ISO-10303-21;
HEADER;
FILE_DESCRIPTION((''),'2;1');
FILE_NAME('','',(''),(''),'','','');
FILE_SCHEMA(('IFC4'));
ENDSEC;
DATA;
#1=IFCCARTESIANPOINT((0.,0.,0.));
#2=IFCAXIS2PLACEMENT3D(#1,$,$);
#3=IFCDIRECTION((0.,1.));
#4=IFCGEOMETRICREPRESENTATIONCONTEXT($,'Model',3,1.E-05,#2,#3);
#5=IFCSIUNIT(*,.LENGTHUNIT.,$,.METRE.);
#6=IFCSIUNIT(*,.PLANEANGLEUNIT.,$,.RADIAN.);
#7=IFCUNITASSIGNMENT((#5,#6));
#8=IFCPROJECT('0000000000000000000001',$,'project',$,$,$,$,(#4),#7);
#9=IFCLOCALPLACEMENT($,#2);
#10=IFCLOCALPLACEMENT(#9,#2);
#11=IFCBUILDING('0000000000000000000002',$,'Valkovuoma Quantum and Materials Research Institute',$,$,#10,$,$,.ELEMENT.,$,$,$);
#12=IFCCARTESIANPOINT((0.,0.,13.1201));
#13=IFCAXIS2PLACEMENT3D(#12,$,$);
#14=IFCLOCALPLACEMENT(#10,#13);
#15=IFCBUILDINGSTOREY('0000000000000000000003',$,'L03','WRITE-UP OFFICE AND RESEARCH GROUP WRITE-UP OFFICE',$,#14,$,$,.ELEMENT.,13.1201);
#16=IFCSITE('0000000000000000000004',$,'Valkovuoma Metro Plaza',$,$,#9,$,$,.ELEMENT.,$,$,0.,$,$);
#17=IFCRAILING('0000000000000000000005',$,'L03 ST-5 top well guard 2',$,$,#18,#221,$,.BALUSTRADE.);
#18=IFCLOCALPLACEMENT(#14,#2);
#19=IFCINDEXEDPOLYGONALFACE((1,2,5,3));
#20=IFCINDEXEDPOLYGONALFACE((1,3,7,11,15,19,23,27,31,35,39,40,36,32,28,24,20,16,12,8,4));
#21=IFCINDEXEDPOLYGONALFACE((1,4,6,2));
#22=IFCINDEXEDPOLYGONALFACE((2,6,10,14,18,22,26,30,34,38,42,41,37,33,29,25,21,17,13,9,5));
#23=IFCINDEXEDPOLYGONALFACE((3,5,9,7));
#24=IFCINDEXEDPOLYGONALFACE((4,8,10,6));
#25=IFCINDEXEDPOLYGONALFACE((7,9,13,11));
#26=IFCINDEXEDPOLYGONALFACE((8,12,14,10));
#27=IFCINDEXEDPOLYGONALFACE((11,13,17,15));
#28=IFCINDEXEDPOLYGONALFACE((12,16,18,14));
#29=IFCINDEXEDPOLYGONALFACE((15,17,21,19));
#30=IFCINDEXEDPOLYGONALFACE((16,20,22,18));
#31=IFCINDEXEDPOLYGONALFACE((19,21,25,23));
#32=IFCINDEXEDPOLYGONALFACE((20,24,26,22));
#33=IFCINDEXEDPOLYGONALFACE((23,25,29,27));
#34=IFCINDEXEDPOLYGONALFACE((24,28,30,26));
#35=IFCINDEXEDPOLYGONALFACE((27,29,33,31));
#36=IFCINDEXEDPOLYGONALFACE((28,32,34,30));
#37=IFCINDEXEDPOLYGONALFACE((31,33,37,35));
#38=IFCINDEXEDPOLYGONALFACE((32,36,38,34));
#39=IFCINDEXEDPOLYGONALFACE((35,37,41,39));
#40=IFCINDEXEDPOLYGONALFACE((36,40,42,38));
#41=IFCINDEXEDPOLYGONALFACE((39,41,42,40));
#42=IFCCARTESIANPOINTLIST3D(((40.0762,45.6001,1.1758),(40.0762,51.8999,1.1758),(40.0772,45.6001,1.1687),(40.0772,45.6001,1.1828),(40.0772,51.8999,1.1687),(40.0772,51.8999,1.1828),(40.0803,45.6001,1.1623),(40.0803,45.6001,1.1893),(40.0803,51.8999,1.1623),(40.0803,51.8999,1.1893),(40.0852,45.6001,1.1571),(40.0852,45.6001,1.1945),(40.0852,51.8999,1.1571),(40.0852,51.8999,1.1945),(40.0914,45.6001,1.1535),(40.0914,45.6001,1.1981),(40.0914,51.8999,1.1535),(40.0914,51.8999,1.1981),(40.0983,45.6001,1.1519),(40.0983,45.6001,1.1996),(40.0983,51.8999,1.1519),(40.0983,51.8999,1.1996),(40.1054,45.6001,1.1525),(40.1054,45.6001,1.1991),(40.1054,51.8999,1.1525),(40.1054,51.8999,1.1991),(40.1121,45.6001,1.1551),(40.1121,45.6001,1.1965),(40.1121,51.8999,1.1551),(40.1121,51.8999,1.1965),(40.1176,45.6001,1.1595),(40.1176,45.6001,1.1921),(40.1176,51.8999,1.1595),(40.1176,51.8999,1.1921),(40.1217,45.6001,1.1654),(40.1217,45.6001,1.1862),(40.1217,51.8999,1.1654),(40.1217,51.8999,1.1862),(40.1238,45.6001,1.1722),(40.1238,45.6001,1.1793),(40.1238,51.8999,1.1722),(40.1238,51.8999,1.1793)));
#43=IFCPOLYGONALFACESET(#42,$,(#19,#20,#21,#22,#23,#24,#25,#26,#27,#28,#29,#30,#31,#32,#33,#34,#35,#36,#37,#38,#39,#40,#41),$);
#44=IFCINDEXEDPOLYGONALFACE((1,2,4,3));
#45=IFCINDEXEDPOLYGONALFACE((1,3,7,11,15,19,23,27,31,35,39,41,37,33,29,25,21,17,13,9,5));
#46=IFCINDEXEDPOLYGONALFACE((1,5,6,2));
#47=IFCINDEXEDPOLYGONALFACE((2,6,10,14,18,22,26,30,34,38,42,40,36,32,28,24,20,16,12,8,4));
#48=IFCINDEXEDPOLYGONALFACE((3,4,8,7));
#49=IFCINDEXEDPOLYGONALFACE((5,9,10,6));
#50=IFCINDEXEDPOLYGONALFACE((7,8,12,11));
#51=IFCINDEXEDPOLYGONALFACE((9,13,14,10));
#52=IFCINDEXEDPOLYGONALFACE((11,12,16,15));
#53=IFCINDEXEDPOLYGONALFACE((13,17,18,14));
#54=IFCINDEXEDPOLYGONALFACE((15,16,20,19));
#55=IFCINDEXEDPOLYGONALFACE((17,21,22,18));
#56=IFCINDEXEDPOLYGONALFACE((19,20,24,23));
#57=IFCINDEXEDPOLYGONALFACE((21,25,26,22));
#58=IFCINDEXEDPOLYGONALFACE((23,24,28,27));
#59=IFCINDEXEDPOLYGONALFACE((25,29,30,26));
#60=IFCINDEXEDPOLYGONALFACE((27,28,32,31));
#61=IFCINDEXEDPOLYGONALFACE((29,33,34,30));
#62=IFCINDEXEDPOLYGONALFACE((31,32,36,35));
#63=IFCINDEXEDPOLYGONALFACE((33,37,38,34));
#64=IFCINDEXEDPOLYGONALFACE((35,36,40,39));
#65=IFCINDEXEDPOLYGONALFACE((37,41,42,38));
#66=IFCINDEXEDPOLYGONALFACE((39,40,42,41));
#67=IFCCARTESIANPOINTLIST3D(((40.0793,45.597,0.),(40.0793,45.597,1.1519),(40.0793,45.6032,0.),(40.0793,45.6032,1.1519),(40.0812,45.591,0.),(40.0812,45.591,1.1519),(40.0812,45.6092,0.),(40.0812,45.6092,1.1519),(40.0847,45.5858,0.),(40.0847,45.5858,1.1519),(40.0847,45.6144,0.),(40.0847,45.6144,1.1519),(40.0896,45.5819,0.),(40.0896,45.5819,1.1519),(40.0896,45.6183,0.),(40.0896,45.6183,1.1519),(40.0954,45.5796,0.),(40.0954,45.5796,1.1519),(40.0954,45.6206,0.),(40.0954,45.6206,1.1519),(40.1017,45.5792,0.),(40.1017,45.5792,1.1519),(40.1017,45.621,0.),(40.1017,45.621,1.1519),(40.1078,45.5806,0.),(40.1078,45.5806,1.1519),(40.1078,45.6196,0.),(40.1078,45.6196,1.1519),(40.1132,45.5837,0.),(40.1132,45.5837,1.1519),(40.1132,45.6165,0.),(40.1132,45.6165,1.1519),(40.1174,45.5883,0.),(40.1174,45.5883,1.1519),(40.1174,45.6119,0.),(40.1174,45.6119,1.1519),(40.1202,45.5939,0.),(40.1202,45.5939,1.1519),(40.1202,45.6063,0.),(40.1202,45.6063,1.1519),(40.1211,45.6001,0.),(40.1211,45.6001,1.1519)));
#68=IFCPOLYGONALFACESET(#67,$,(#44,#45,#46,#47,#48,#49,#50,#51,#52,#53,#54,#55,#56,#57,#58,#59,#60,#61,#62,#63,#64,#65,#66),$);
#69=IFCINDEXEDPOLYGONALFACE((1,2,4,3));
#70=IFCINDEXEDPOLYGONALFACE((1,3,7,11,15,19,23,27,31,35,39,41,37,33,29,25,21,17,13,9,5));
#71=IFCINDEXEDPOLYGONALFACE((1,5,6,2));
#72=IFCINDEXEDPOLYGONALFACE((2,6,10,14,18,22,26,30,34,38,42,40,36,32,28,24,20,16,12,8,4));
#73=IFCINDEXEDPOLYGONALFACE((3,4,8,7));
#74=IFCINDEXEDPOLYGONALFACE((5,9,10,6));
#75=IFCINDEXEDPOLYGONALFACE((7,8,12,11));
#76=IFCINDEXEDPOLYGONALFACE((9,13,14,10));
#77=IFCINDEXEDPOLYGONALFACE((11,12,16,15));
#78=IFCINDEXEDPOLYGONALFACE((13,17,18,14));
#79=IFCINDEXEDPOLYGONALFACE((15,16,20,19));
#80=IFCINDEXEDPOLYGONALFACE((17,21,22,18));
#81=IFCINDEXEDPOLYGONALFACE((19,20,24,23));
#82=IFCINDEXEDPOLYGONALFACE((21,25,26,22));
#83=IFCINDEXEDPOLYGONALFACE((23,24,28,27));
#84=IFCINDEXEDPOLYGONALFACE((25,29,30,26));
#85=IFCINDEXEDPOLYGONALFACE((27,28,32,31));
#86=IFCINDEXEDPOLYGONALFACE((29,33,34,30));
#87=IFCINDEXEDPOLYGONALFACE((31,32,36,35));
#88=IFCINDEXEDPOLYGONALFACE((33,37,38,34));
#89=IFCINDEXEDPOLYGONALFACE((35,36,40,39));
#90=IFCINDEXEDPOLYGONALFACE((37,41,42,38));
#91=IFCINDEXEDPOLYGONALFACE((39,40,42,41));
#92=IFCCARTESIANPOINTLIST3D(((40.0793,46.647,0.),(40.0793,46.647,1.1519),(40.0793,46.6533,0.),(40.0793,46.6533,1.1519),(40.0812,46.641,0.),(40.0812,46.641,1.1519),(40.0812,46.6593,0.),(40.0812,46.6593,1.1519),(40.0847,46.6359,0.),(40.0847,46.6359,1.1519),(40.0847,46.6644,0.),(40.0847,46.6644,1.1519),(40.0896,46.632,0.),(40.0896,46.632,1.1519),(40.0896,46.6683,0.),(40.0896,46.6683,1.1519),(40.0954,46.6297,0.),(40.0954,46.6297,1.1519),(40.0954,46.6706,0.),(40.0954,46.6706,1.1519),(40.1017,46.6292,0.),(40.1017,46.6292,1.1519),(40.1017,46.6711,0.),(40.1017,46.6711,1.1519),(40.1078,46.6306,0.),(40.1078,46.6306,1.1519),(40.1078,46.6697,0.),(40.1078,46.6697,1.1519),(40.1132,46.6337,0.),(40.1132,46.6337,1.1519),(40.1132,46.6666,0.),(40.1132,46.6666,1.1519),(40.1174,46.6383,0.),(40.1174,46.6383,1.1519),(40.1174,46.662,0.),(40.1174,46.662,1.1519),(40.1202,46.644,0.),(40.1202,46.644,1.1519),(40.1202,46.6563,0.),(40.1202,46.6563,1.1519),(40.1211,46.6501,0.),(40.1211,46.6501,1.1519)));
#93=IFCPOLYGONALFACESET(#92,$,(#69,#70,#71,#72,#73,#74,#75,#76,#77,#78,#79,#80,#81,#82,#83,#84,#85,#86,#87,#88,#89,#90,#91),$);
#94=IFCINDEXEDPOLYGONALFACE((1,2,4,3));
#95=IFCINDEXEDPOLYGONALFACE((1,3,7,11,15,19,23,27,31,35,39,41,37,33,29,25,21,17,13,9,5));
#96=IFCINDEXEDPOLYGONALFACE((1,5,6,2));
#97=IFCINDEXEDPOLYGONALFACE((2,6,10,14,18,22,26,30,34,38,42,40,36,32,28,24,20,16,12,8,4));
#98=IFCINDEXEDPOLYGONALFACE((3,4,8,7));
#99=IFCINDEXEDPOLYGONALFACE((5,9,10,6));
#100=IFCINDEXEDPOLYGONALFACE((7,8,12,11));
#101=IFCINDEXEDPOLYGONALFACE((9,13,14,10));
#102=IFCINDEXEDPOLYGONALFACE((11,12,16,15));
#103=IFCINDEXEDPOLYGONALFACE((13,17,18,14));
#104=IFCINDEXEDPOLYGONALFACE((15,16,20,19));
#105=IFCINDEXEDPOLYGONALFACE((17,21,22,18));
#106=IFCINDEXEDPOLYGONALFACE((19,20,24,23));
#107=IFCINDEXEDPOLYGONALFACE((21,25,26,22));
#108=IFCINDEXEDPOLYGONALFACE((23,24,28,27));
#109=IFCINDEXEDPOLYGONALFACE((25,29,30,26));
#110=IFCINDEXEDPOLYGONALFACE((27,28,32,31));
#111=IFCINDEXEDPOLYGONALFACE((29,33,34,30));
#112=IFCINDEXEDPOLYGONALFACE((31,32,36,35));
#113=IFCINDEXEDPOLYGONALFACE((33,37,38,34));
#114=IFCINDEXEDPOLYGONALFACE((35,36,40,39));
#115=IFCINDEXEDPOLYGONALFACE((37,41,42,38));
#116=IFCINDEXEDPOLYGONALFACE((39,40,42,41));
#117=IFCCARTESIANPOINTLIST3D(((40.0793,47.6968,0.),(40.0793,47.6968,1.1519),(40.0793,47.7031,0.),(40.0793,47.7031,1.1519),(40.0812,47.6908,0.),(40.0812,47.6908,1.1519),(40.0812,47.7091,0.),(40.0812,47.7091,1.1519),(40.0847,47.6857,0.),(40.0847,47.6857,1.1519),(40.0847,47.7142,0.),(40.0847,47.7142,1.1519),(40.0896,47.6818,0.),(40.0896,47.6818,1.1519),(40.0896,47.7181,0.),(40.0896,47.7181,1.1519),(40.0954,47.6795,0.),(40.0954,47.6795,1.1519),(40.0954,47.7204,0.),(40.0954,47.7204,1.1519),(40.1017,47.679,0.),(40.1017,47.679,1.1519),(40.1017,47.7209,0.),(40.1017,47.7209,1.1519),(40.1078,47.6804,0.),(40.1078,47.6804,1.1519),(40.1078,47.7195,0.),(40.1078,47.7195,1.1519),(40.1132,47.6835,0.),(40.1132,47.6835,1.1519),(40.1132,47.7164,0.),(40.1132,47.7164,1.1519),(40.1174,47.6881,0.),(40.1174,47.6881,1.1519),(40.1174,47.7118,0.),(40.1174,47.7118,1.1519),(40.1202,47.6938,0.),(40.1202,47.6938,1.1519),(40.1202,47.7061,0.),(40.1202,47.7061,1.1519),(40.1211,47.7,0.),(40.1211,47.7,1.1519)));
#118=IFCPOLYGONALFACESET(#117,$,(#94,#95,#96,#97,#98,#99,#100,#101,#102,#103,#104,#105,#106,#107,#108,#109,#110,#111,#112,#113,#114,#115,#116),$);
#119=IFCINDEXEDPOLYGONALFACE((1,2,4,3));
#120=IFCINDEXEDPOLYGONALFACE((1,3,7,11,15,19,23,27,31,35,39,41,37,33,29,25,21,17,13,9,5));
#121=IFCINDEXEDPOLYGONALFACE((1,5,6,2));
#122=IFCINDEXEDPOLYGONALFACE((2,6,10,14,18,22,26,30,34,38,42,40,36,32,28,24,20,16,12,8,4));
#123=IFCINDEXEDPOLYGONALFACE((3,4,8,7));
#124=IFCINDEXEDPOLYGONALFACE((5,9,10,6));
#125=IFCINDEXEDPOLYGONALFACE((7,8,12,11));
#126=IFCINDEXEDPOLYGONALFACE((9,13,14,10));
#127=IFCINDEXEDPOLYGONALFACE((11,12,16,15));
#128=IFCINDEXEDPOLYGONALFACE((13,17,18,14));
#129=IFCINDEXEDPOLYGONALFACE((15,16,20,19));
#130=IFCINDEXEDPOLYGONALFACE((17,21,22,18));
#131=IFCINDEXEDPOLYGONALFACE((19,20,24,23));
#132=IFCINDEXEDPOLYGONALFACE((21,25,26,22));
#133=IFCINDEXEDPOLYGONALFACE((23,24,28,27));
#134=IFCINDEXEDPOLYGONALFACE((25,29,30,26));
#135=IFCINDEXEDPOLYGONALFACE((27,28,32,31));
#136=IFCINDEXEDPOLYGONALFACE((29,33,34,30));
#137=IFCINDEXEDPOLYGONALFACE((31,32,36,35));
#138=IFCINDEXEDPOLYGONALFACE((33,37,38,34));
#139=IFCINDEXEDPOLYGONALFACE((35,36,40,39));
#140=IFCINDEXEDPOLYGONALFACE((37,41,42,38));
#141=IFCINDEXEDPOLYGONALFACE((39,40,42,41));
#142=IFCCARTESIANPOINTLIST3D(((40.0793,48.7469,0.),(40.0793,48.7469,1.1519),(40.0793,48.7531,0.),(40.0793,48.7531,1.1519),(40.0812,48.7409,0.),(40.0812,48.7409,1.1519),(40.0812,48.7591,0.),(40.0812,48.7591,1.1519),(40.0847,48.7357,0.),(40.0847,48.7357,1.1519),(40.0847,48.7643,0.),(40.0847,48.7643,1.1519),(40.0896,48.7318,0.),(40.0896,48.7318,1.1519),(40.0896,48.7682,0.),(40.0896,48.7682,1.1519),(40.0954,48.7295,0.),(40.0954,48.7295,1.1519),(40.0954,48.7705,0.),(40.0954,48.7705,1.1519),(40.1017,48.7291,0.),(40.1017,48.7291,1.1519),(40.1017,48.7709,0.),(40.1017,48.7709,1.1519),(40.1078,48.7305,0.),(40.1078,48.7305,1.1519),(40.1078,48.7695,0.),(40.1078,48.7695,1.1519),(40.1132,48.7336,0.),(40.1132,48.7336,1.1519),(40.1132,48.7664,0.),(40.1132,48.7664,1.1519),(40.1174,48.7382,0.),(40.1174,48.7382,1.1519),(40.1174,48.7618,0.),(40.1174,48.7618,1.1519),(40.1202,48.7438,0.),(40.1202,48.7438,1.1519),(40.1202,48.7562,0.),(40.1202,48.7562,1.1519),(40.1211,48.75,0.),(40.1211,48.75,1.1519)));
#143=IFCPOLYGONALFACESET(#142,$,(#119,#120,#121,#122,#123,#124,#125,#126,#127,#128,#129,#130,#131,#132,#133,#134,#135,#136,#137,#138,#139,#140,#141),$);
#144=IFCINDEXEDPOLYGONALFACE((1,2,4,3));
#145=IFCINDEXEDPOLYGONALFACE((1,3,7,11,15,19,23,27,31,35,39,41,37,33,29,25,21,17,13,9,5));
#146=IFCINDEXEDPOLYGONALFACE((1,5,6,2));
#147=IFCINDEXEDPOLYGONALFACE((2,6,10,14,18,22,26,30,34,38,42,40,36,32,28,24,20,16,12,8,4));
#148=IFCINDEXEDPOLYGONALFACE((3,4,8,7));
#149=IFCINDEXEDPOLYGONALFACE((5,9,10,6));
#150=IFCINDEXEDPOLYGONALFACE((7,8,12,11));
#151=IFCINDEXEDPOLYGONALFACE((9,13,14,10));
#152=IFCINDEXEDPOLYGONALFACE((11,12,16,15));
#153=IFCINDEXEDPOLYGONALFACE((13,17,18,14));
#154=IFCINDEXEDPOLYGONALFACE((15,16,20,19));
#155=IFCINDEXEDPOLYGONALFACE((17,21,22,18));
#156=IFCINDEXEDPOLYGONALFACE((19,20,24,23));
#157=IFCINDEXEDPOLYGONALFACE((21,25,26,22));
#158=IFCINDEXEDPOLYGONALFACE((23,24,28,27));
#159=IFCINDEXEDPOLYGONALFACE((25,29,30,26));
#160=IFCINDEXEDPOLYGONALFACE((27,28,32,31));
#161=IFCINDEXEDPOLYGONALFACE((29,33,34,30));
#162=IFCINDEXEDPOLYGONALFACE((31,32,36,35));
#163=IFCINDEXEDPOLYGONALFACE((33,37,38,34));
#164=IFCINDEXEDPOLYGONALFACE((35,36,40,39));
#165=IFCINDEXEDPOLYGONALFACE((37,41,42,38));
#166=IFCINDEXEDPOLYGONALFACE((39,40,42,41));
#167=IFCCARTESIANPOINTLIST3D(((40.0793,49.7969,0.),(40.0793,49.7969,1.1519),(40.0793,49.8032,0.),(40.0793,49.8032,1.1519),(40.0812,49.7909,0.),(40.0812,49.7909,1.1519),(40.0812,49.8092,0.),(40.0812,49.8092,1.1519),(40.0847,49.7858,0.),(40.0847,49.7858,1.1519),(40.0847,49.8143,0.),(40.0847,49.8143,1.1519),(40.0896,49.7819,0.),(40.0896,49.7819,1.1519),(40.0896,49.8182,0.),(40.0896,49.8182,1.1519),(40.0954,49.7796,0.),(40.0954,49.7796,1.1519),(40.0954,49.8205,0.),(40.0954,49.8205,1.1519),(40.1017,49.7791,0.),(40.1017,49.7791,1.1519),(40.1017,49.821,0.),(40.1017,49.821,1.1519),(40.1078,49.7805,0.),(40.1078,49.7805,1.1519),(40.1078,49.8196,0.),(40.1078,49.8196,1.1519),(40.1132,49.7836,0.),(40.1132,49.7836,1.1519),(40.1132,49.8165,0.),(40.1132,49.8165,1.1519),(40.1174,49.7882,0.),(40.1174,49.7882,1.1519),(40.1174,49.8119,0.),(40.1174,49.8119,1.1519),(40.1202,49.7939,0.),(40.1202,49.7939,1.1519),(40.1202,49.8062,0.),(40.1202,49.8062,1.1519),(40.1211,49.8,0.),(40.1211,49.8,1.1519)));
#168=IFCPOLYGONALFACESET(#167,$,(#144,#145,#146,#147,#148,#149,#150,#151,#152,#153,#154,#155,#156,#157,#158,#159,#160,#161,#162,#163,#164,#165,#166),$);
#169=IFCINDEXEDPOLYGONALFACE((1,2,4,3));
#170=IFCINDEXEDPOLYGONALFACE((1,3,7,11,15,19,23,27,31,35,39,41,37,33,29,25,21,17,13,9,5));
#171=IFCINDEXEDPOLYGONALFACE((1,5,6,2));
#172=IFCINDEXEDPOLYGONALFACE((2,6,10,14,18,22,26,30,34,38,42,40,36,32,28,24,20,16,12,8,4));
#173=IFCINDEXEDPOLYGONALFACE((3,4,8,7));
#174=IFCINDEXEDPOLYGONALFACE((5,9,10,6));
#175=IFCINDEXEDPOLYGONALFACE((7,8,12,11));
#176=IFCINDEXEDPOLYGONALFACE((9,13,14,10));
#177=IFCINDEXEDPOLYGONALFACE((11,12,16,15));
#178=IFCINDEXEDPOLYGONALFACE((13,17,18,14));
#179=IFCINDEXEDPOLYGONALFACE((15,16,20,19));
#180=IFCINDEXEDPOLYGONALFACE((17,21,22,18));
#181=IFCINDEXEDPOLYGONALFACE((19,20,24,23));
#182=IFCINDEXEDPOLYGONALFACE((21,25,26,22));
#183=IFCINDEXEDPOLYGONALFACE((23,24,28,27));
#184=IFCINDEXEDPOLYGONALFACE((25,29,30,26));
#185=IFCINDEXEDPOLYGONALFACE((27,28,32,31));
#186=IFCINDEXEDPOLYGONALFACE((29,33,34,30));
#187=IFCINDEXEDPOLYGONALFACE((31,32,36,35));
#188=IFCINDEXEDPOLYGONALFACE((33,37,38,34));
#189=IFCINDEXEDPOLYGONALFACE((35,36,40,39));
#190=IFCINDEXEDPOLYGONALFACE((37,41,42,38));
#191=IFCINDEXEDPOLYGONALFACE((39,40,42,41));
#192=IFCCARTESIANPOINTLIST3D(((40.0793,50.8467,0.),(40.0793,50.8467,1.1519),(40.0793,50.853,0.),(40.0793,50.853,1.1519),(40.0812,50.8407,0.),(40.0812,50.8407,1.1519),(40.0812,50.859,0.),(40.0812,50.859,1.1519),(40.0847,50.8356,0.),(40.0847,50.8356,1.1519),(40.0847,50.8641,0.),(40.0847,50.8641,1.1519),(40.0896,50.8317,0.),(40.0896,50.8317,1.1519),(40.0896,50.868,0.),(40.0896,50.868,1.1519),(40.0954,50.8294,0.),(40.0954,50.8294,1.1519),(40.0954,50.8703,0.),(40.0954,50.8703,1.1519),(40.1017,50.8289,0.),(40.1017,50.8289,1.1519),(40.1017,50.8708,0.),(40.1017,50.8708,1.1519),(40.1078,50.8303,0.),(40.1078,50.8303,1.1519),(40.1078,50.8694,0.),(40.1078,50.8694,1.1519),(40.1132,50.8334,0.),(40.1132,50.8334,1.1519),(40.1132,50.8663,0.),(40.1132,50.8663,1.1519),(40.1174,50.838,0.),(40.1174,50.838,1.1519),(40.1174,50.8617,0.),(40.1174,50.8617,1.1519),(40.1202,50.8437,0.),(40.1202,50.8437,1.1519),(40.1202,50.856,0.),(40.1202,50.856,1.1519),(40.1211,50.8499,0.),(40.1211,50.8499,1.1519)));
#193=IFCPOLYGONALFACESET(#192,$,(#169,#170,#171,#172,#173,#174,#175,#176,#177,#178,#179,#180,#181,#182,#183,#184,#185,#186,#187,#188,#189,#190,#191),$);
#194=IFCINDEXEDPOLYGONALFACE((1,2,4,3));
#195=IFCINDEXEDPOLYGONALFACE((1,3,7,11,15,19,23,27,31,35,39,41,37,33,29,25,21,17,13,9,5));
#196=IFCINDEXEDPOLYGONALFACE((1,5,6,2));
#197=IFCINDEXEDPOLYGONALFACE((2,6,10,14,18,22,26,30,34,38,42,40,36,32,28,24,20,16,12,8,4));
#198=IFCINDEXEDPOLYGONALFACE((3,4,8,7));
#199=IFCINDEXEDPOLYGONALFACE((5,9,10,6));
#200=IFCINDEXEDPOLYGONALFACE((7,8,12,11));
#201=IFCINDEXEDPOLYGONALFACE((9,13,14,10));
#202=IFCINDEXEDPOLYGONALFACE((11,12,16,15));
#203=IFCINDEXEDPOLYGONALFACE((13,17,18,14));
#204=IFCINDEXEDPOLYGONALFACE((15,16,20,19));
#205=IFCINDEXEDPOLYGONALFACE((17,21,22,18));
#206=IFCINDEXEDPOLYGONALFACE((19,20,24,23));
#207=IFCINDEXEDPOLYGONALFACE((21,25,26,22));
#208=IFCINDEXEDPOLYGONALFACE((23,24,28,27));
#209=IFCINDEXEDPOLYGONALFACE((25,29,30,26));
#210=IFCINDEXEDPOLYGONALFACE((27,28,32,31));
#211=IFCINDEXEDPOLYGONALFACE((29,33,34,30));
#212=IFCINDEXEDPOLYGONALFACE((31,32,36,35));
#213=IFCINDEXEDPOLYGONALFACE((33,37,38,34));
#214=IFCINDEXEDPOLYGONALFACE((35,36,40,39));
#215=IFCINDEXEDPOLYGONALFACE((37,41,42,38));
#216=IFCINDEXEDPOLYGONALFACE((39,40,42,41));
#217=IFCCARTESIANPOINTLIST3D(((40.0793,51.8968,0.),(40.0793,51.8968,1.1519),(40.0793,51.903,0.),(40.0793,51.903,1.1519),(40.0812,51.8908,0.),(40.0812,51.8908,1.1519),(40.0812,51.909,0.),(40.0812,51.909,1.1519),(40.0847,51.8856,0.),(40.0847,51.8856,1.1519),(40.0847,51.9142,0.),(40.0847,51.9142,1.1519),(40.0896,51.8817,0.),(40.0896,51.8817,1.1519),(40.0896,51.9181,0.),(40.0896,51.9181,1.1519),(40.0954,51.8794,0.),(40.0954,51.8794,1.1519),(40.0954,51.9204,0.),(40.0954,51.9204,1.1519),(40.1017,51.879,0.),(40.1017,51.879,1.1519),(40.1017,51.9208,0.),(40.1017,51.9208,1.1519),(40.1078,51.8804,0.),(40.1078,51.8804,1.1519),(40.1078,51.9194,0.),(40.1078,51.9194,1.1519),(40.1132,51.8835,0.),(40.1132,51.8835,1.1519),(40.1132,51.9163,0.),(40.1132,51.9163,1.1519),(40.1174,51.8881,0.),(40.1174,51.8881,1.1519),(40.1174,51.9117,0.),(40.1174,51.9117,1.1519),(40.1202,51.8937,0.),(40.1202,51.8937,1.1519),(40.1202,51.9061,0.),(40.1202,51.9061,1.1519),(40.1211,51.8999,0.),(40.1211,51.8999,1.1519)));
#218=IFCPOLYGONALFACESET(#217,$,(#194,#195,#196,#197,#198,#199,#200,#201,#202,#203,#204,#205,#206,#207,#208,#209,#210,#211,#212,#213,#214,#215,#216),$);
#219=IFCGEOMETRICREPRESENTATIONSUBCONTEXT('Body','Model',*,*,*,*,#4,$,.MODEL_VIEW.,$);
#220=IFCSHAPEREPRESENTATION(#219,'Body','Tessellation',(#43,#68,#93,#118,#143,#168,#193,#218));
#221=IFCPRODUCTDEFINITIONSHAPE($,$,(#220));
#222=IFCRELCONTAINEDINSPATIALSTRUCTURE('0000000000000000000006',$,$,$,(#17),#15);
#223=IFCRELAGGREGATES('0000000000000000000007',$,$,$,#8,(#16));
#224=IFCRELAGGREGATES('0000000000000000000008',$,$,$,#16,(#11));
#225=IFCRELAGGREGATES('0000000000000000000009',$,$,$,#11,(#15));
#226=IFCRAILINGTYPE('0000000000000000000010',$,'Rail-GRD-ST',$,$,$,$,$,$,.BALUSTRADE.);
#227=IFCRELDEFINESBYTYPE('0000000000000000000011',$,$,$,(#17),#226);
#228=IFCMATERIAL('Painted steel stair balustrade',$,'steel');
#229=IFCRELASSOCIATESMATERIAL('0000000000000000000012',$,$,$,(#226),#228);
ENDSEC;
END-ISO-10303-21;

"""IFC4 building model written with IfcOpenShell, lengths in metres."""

from ifc_helpers import new_model, si_unit, direction, frame, origin, origin_2d, place, context, subcontext, project, spatial, circle, extrude, material, type_object, element, save


model = new_model("IFC4")

# Units and contexts
model_context = context("Model", 3, precision=1e-05, world=origin(), true_north=direction((0.0, 1.0)))
body_context = subcontext(model_context, "Body", "Model", "MODEL_VIEW")
ifc_project = project(units=[si_unit("LENGTHUNIT", "METRE"), si_unit("PLANEANGLEUNIT", "RADIAN")], contexts=[model_context])

# Site, building, storey
site_placement = place(None, origin())
site = spatial("IfcSite", under=ifc_project, at=site_placement, Name="Valkovuoma Metro Plaza", CompositionType="ELEMENT", RefElevation=0.0)
building_placement = place(site_placement, origin())
building = spatial("IfcBuilding", under=site, at=building_placement, Name="Valkovuoma Quantum and Materials Research Institute", CompositionType="ELEMENT")
storey_placement = place(building_placement, frame((0.0, 0.0, 13.1201)))
storey = spatial("IfcBuildingStorey", under=building, at=storey_placement, Name="L03", Description="WRITE-UP OFFICE AND RESEARCH GROUP WRITE-UP OFFICE", CompositionType="ELEMENT", Elevation=13.1201)

# Railing
ifc_material_1 = material(Name="Painted steel stair balustrade", Category="steel")
railing_type = type_object("IfcRailingType", Name="Rail-GRD-ST", PredefinedType="BALUSTRADE", material=ifc_material_1)
railing_1_placement = place(storey_placement, frame((40.1001, 45.6001, 0.0)))
element("IfcRailing", 1, at=railing_1_placement, inside=storey, type_object=railing_type, Name="L03 ST-5 top well guard 2", PredefinedType="BALUSTRADE", context=body_context, shape_type="SweptSolid", body=[
    extrude(circle(Radius=0.0239, at=origin_2d()), frame((0.0, 0.0, 1.1758), z_axis=(0.0, 1.0, 0.0), x_axis=(-1.0, 0.0, 0.0)), (0.0, 0.0, 1.0), 6.2998),
    extrude(circle(Radius=0.021, at=origin_2d()), origin(), (0.0, 0.0, 1.0), 1.1519),
    extrude(circle(Radius=0.021, at=origin_2d()), frame((0.0, 1.05, 0.0)), (0.0, 0.0, 1.0), 1.1519),
    extrude(circle(Radius=0.021, at=origin_2d()), frame((0.0, 2.0999, 0.0)), (0.0, 0.0, 1.0), 1.1519),
    extrude(circle(Radius=0.021, at=origin_2d()), frame((0.0, 3.1499, 0.0)), (0.0, 0.0, 1.0), 1.1519),
    extrude(circle(Radius=0.021, at=origin_2d()), frame((0.0, 4.2, 0.0)), (0.0, 0.0, 1.0), 1.1519),
    extrude(circle(Radius=0.021, at=origin_2d()), frame((0.0, 5.2498, 0.0)), (0.0, 0.0, 1.0), 1.1519),
    extrude(circle(Radius=0.021, at=origin_2d()), frame((0.0, 6.2998, 0.0)), (0.0, 0.0, 1.0), 1.1519),
])

save(model, "model.ifc")
